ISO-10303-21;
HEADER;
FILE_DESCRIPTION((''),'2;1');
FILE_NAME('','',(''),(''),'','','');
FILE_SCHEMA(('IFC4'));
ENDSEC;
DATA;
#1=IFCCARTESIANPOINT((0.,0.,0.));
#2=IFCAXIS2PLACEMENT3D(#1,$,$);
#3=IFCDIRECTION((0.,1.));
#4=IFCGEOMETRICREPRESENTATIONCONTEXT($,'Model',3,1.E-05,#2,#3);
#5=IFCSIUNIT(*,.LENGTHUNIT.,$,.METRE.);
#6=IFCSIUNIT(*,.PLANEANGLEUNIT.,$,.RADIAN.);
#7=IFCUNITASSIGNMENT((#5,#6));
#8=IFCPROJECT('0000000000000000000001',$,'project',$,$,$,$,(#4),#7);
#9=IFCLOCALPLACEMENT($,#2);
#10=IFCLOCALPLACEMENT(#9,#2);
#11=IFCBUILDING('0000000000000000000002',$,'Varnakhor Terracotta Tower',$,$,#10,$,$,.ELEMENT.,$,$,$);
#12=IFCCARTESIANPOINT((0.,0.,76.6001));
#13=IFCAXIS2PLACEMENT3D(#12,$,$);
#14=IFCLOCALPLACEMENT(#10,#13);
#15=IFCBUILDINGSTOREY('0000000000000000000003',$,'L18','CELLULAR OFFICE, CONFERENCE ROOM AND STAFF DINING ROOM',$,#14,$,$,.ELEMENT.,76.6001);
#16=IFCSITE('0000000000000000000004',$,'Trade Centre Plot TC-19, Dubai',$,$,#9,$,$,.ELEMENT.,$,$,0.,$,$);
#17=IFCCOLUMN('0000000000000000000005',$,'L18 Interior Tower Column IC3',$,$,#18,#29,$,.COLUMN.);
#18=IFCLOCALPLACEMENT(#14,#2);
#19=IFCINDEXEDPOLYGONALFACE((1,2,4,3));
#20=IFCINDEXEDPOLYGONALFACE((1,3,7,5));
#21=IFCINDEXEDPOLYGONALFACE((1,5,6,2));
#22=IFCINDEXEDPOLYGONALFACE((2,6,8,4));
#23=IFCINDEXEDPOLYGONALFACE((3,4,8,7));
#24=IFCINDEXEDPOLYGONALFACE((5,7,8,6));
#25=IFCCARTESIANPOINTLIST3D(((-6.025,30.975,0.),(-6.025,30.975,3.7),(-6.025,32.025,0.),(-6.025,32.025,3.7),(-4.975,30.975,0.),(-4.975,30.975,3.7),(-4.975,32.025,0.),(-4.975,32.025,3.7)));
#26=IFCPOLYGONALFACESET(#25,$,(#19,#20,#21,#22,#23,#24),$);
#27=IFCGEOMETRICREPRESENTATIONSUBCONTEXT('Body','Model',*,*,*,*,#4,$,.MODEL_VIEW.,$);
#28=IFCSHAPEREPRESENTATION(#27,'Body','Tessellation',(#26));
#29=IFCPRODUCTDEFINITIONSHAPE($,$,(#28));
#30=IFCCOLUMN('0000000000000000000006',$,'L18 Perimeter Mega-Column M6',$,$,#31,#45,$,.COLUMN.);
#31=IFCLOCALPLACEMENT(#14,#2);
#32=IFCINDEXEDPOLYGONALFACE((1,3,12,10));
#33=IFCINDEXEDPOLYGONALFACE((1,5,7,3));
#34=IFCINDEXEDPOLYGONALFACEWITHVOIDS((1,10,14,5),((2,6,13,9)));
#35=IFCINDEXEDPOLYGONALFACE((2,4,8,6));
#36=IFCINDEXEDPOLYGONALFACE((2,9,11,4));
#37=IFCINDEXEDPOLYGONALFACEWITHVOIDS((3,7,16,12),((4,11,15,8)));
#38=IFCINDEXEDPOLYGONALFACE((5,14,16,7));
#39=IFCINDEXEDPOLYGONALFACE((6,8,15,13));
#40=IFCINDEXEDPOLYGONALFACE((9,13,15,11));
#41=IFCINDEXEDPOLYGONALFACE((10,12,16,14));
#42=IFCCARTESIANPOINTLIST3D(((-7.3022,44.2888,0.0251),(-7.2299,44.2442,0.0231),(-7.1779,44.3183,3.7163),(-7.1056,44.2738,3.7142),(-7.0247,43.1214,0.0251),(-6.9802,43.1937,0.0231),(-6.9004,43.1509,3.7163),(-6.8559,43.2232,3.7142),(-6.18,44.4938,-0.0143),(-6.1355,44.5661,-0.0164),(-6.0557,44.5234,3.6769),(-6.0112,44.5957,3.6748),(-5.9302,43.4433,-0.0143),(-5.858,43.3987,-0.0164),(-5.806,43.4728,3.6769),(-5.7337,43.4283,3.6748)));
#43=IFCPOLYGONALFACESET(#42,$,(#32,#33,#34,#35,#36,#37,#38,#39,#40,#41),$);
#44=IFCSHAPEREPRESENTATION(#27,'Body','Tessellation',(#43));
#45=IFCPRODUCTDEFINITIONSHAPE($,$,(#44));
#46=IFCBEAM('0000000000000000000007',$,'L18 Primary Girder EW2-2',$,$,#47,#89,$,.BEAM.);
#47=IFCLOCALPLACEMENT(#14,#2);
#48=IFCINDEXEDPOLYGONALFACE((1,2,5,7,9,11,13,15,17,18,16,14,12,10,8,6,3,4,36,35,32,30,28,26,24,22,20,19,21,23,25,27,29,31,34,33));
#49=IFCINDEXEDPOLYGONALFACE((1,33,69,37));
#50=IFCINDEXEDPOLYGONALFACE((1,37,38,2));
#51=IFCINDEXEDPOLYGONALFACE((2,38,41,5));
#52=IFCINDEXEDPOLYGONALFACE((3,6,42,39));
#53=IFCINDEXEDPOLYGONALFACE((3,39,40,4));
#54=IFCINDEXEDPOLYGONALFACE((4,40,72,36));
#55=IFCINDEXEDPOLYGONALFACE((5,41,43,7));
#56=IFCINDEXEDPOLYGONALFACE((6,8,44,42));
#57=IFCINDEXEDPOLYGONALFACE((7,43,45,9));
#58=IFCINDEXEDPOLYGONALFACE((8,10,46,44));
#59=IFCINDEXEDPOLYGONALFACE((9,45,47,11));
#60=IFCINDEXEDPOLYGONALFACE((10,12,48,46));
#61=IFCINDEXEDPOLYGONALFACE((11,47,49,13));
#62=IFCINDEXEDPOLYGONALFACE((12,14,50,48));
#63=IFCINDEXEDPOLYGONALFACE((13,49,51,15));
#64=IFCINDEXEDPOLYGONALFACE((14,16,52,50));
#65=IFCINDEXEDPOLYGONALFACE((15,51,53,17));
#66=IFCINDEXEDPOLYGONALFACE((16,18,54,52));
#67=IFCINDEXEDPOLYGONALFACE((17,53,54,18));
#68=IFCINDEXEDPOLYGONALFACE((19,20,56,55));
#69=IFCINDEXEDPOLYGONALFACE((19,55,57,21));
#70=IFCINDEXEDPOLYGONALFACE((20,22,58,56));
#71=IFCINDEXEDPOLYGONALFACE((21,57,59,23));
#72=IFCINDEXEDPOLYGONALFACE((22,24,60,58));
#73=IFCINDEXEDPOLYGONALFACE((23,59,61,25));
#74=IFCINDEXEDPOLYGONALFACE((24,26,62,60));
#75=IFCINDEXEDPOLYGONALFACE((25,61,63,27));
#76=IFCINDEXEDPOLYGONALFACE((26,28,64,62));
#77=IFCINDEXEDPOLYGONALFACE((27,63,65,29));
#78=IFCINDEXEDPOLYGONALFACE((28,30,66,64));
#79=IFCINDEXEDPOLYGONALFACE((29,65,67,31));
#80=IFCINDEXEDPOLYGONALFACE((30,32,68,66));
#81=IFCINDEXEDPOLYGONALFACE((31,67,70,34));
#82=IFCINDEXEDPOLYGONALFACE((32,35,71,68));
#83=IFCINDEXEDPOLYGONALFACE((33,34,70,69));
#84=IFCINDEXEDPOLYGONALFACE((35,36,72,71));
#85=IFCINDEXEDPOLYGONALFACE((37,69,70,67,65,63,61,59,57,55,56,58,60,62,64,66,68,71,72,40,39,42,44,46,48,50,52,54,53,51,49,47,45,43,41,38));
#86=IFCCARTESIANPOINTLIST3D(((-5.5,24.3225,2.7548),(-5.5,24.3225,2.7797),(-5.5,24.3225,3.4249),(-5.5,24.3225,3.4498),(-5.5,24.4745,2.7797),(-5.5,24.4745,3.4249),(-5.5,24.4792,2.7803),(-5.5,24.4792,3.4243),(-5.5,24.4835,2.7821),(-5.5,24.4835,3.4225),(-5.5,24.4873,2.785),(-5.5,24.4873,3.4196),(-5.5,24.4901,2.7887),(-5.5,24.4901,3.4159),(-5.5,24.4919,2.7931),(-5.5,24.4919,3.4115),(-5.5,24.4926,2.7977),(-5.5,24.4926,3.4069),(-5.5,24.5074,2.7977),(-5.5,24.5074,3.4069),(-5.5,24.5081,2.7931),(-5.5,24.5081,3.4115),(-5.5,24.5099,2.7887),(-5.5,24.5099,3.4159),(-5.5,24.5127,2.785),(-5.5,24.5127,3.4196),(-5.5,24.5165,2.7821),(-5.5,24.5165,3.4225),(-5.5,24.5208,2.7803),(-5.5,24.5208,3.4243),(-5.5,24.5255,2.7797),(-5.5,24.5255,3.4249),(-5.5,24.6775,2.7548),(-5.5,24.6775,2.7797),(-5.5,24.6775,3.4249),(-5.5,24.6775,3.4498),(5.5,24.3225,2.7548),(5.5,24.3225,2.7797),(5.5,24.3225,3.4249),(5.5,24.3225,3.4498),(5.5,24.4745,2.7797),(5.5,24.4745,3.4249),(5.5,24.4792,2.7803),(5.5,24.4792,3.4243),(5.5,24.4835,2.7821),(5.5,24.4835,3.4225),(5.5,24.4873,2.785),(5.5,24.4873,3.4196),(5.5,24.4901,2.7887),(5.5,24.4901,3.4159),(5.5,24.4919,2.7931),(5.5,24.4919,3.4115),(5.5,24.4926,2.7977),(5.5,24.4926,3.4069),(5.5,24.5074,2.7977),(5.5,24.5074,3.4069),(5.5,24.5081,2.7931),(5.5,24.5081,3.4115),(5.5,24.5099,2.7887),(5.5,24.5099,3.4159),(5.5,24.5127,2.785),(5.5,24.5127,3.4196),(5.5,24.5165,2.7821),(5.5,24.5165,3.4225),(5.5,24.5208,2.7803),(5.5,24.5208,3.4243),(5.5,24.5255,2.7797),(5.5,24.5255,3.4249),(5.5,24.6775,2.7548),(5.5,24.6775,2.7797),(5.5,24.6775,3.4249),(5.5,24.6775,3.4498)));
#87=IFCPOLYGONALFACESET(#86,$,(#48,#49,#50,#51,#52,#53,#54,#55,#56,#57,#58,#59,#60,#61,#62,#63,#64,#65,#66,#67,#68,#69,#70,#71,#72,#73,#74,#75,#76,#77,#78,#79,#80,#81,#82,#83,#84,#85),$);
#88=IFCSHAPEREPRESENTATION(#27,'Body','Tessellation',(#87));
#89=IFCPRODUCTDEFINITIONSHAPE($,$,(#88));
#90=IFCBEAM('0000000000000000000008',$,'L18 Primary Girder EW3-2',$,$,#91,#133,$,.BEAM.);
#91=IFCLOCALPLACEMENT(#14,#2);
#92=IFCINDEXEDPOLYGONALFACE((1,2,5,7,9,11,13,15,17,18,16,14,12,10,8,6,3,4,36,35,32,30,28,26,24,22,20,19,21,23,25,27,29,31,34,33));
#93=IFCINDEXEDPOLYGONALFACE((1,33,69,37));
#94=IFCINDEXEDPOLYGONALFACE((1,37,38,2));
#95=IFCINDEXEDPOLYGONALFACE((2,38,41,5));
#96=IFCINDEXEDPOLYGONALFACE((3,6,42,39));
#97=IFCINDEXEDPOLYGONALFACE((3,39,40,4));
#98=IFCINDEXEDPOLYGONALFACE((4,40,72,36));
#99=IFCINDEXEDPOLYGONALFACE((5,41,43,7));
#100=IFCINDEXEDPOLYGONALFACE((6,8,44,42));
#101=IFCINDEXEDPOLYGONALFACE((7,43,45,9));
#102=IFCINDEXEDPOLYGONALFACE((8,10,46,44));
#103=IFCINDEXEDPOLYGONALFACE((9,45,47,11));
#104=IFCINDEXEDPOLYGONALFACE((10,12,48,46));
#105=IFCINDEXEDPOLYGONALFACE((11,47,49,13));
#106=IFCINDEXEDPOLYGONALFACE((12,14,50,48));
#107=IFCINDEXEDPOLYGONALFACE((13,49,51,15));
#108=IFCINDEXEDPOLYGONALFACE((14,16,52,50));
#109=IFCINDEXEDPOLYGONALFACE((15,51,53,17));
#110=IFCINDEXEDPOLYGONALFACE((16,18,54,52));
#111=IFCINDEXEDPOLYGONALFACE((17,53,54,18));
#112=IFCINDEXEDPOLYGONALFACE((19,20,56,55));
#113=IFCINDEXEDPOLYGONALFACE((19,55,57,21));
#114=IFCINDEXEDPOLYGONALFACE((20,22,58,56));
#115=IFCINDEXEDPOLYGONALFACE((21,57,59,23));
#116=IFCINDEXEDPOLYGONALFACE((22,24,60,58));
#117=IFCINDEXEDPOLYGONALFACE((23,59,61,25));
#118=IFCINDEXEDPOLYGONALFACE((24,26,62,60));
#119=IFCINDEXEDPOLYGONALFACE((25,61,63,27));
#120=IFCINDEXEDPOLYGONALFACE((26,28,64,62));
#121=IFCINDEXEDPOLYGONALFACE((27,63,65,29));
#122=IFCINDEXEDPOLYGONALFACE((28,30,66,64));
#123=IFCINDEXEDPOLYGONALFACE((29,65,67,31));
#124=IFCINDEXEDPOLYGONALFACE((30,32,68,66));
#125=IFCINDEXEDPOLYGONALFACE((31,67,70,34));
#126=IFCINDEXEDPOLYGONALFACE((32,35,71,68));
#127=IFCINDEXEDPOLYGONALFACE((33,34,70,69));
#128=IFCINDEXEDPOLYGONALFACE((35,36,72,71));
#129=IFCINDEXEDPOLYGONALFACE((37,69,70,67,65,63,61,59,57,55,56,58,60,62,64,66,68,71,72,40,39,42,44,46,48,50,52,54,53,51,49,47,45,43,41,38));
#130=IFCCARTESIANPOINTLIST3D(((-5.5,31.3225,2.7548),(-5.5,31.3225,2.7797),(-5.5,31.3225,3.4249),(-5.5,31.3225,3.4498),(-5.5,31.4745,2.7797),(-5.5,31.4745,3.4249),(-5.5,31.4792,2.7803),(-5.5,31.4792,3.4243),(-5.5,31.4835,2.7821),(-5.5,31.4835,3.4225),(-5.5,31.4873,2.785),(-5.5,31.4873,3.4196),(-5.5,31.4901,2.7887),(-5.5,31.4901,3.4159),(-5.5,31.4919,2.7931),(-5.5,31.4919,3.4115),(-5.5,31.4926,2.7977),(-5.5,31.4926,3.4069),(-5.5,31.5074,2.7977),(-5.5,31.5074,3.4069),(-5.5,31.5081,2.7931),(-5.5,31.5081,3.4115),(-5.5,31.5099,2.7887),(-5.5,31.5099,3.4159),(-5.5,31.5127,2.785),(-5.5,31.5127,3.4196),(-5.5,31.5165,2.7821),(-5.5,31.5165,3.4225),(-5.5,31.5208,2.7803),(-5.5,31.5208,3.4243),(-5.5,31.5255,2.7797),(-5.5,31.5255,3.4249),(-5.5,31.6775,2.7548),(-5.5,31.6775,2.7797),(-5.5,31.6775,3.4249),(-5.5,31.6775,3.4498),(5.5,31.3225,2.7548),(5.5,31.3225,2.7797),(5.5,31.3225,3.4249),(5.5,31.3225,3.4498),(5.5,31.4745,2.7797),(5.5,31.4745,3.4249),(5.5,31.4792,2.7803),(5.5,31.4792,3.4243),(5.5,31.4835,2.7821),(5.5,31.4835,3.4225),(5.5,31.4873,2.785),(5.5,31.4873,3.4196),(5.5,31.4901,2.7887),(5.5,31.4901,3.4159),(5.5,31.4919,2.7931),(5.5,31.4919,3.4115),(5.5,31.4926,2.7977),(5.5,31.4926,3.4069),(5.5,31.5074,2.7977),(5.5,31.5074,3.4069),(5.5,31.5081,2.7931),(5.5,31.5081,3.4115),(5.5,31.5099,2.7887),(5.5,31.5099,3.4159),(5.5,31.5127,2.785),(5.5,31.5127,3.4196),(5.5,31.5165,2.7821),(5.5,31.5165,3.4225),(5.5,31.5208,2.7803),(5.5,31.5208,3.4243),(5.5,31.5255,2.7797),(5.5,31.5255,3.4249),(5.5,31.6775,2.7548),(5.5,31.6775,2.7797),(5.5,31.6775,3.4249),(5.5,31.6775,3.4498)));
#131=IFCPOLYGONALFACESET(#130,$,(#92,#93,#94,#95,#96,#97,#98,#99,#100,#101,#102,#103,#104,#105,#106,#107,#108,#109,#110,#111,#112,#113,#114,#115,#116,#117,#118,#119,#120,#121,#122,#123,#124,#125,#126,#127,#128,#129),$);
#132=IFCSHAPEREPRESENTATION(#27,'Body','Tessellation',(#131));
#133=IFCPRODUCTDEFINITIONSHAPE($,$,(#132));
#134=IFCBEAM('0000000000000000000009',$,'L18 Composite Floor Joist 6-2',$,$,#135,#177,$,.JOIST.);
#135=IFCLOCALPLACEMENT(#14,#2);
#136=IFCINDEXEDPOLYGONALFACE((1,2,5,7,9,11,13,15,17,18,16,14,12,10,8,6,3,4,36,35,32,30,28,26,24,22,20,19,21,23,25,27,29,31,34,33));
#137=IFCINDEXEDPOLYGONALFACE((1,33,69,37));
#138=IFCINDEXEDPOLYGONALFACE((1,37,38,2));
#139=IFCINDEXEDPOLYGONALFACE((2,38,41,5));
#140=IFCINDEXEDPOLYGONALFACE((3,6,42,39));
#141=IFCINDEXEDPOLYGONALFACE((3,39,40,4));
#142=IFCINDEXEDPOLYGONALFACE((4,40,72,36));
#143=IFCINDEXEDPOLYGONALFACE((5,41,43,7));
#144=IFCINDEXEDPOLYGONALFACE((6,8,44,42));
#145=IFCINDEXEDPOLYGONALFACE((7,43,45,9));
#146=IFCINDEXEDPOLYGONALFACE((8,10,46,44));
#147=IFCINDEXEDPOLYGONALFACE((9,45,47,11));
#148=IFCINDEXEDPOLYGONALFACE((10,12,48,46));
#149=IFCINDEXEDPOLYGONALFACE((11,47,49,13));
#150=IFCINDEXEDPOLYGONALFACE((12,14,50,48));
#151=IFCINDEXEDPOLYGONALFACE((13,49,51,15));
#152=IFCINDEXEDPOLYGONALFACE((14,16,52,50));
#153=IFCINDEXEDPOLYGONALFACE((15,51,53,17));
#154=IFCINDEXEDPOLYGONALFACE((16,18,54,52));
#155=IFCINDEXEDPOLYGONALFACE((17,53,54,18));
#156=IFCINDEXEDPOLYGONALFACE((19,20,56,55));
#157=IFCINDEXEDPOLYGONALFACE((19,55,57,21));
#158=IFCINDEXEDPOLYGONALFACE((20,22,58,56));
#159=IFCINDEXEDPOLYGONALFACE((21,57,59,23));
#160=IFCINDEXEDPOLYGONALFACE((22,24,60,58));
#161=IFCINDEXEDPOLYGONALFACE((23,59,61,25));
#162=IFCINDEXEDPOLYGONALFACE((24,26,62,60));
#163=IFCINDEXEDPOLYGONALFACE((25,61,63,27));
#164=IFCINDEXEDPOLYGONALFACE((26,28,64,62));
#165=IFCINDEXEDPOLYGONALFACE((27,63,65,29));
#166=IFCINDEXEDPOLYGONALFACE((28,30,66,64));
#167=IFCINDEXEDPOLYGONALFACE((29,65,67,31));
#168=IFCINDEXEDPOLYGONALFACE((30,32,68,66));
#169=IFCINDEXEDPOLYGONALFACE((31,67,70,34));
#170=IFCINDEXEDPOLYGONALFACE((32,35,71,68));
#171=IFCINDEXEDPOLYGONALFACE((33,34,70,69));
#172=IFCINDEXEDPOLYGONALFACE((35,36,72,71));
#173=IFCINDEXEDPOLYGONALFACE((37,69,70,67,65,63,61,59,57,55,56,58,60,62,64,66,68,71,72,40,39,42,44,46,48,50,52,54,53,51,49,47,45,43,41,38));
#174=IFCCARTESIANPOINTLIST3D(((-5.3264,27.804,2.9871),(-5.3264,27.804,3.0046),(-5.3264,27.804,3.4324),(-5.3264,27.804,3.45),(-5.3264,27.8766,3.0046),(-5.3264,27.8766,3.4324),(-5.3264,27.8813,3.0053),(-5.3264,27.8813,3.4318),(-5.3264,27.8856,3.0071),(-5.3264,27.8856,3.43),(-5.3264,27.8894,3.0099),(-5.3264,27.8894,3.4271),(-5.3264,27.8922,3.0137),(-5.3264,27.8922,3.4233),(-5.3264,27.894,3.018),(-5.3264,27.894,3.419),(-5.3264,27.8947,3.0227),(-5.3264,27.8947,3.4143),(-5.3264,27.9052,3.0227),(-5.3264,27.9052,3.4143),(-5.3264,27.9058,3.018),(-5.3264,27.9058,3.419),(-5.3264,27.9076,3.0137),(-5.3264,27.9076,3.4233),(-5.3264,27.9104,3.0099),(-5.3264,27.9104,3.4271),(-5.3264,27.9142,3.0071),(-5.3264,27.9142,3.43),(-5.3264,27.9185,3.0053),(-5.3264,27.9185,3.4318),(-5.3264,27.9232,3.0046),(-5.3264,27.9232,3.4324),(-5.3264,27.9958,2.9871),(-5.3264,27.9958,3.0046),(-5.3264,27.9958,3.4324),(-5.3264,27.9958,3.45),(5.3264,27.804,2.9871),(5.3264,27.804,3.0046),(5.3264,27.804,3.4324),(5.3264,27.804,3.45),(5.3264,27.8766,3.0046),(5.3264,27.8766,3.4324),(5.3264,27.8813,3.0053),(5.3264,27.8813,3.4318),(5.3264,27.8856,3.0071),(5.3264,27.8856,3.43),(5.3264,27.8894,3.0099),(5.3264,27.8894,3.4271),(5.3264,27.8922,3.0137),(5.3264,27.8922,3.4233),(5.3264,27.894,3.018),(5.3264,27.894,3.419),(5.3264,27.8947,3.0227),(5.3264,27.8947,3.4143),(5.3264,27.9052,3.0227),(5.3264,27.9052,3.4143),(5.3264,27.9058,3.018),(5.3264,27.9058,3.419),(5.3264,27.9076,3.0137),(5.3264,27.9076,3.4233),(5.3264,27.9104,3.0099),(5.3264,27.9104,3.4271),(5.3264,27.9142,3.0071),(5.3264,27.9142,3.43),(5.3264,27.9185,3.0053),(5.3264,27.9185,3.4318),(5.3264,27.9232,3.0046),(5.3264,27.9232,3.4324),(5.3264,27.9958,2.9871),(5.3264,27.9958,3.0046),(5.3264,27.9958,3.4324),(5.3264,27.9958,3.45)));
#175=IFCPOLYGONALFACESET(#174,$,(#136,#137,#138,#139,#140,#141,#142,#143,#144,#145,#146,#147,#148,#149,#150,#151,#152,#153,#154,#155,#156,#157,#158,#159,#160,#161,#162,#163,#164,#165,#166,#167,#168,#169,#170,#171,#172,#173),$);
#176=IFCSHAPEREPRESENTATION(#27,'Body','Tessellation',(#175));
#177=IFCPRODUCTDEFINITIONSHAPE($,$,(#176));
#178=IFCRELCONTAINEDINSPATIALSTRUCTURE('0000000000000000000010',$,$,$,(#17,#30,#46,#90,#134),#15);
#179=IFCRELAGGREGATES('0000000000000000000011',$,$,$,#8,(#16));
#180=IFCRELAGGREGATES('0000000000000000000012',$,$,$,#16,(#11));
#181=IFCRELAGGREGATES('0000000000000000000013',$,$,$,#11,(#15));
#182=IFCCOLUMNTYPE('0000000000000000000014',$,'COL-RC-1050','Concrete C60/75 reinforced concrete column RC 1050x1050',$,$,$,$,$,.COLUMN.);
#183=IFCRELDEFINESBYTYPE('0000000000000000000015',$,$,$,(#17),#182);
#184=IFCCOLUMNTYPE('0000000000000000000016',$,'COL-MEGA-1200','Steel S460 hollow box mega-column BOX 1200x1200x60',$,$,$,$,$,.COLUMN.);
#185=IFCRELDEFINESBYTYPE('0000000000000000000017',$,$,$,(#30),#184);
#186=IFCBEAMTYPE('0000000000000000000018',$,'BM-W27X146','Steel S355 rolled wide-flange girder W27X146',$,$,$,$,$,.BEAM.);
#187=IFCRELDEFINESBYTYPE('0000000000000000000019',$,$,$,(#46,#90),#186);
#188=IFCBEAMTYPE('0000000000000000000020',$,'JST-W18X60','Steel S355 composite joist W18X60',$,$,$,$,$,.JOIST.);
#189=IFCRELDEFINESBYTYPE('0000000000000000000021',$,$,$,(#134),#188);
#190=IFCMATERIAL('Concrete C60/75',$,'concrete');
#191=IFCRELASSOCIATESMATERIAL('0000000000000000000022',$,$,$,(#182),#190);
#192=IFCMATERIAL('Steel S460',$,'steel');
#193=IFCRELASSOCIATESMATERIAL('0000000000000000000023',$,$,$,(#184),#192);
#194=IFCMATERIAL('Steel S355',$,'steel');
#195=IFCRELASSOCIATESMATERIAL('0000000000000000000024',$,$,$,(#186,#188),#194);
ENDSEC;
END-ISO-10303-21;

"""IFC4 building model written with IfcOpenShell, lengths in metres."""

from ifc_helpers import new_model, si_unit, direction, frame, origin, origin_2d, place, context, subcontext, project, spatial, rectangle, hollow_rectangle, i_section, extrude, source, transform, mapped, material, material_profile, profile_set, type_object, element, save


model = new_model("IFC4")

# Units and contexts
model_context = context("Model", 3, precision=1e-05, world=origin(), true_north=direction((0.0, 1.0)))
body_context = subcontext(model_context, "Body", "Model", "MODEL_VIEW")
ifc_project = project(units=[si_unit("LENGTHUNIT", "METRE"), si_unit("PLANEANGLEUNIT", "RADIAN")], contexts=[model_context])

# Site, building, storey
site_placement = place(None, origin())
site = spatial("IfcSite", under=ifc_project, at=site_placement, Name="Trade Centre Plot TC-19, Dubai", CompositionType="ELEMENT", RefElevation=0.0)
building_placement = place(site_placement, origin())
building = spatial("IfcBuilding", under=site, at=building_placement, Name="Varnakhor Terracotta Tower", CompositionType="ELEMENT")
storey_placement = place(building_placement, frame((0.0, 0.0, 76.6001)))
storey = spatial("IfcBuildingStorey", under=building, at=storey_placement, Name="L18", Description="CELLULAR OFFICE, CONFERENCE ROOM AND STAFF DINING ROOM", CompositionType="ELEMENT", Elevation=76.6001)

# Columns
ifc_material_1 = material(Name="Concrete C60/75", Category="concrete")
ifc_material_profile_1 = material_profile(ifc_material_1, rectangle(XDim=1.05, YDim=1.05, at=origin_2d()), Name="RC 1050x1050")
ifc_profile_set_1 = profile_set([ifc_material_profile_1], Name="Concrete C60/75")
column_type_1 = type_object("IfcColumnType", Name="COL-RC-1050", Description="Concrete C60/75 reinforced concrete column RC 1050x1050", PredefinedType="COLUMN", material=ifc_profile_set_1)
shared_shape_1 = source(origin(), body_context, "Body", "SweptSolid", [
    extrude(rectangle(XDim=1.05, YDim=1.05, at=origin_2d()), origin(), (0.0, 0.0, 1.0), 3.7),
])
column_1_placement = place(storey_placement, frame((-5.5, 31.5, 0.0), z_axis=(0.0, 0.0, 1.0), x_axis=(1.0, 0.0, 0.0)))
element("IfcColumn", 1, at=column_1_placement, inside=storey, type_object=column_type_1, Name="L18 Interior Tower Column IC3", PredefinedType="COLUMN", context=body_context, shape_type="MappedRepresentation", body=[
    mapped(shared_shape_1, transform((0.0, 0.0, 0.0), scale=1.0)),
])
ifc_material_2 = material(Name="Steel S460", Category="steel")
ifc_material_profile_2 = material_profile(ifc_material_2, hollow_rectangle(XDim=1.2, YDim=1.2, WallThickness=0.0601, at=origin_2d()), Name="BOX 1200x1200x60")
ifc_profile_set_2 = profile_set([ifc_material_profile_2], Name="Steel S460")
column_type_2 = type_object("IfcColumnType", Name="COL-MEGA-1200", Description="Steel S460 hollow box mega-column BOX 1200x1200x60", PredefinedType="COLUMN", material=ifc_profile_set_2)
shared_shape_2 = source(origin(), body_context, "Body", "SweptSolid", [
    extrude(hollow_rectangle(XDim=1.2, YDim=1.2, WallThickness=0.0601, at=origin_2d()), origin(), (0.0, 0.0, 1.0), 3.6934),
])
column_2_placement = place(storey_placement, frame((-6.5801, 43.8438, 0.0044), z_axis=(0.033646, 0.007998, 0.999402), x_axis=(-0.231276, 0.972888, 0.0)))
element("IfcColumn", 2, at=column_2_placement, inside=storey, type_object=column_type_2, Name="L18 Perimeter Mega-Column M6", PredefinedType="COLUMN", context=body_context, shape_type="MappedRepresentation", body=[
    mapped(shared_shape_2, transform((0.0, 0.0, 0.0), scale=1.0)),
])

# Beams
ifc_material_3 = material(Name="Steel S355", Category="steel")
ifc_material_profile_3 = material_profile(ifc_material_3, i_section(OverallWidth=0.355, OverallDepth=0.6951, WebThickness=0.0149, FlangeThickness=0.0249, FilletRadius=0.0181, at=origin_2d()), Name="W27X146")
ifc_profile_set_3 = profile_set([ifc_material_profile_3], Name="Steel S355")
beam_type_1 = type_object("IfcBeamType", Name="BM-W27X146", Description="Steel S355 rolled wide-flange girder W27X146", PredefinedType="BEAM", material=ifc_profile_set_3)
shared_shape_3 = source(origin(), body_context, "Body", "SweptSolid", [
    extrude(i_section(OverallWidth=0.355, OverallDepth=0.6951, WebThickness=0.0149, FlangeThickness=0.0249, FilletRadius=0.0181, at=origin_2d()), origin(), (0.0, 0.0, 1.0), 11.0),
])
for number, where, z_axis, x_axis, name in (
    (3, (-5.5, 24.5, 3.1023), (1.0, 0.0, 0.0), (0.0, 1.0, 0.0), "L18 Primary Girder EW2-2"),
    (4, (-5.5, 31.5, 3.1023), (1.0, 0.0, 0.0), (0.0, 1.0, 0.0), "L18 Primary Girder EW3-2"),
):
    element("IfcBeam", number, at=place(storey_placement, frame(where, z_axis=z_axis, x_axis=x_axis)), inside=storey, type_object=beam_type_1, Name=name, PredefinedType="BEAM", context=body_context, shape_type="MappedRepresentation", body=[
        mapped(shared_shape_3, transform((0.0, 0.0, 0.0), scale=1.0)),
    ])
ifc_material_profile_4 = material_profile(ifc_material_3, i_section(OverallWidth=0.1919, OverallDepth=0.4629, WebThickness=0.0105, FlangeThickness=0.0176, FilletRadius=0.0181, at=origin_2d()), Name="W18X60")
ifc_profile_set_4 = profile_set([ifc_material_profile_4], Name="Steel S355")
beam_type_2 = type_object("IfcBeamType", Name="JST-W18X60", Description="Steel S355 composite joist W18X60", PredefinedType="JOIST", material=ifc_profile_set_4)
shared_shape_4 = source(origin(), body_context, "Body", "SweptSolid", [
    extrude(i_section(OverallWidth=0.1919, OverallDepth=0.4629, WebThickness=0.0105, FlangeThickness=0.0176, FilletRadius=0.0181, at=origin_2d()), origin(), (0.0, 0.0, 1.0), 10.6528),
])
for number, where, z_axis, x_axis, name in (
    (5, (-5.3264, 27.8999, 3.2185), (1.0, 0.0, 0.0), (0.0, 1.0, 0.0), "L18 Composite Floor Joist 6-2"),
):
    element("IfcBeam", number, at=place(storey_placement, frame(where, z_axis=z_axis, x_axis=x_axis)), inside=storey, type_object=beam_type_2, Name=name, PredefinedType="JOIST", context=body_context, shape_type="MappedRepresentation", body=[
        mapped(shared_shape_4, transform((0.0, 0.0, 0.0), scale=1.0)),
    ])

save(model, "model.ifc")
